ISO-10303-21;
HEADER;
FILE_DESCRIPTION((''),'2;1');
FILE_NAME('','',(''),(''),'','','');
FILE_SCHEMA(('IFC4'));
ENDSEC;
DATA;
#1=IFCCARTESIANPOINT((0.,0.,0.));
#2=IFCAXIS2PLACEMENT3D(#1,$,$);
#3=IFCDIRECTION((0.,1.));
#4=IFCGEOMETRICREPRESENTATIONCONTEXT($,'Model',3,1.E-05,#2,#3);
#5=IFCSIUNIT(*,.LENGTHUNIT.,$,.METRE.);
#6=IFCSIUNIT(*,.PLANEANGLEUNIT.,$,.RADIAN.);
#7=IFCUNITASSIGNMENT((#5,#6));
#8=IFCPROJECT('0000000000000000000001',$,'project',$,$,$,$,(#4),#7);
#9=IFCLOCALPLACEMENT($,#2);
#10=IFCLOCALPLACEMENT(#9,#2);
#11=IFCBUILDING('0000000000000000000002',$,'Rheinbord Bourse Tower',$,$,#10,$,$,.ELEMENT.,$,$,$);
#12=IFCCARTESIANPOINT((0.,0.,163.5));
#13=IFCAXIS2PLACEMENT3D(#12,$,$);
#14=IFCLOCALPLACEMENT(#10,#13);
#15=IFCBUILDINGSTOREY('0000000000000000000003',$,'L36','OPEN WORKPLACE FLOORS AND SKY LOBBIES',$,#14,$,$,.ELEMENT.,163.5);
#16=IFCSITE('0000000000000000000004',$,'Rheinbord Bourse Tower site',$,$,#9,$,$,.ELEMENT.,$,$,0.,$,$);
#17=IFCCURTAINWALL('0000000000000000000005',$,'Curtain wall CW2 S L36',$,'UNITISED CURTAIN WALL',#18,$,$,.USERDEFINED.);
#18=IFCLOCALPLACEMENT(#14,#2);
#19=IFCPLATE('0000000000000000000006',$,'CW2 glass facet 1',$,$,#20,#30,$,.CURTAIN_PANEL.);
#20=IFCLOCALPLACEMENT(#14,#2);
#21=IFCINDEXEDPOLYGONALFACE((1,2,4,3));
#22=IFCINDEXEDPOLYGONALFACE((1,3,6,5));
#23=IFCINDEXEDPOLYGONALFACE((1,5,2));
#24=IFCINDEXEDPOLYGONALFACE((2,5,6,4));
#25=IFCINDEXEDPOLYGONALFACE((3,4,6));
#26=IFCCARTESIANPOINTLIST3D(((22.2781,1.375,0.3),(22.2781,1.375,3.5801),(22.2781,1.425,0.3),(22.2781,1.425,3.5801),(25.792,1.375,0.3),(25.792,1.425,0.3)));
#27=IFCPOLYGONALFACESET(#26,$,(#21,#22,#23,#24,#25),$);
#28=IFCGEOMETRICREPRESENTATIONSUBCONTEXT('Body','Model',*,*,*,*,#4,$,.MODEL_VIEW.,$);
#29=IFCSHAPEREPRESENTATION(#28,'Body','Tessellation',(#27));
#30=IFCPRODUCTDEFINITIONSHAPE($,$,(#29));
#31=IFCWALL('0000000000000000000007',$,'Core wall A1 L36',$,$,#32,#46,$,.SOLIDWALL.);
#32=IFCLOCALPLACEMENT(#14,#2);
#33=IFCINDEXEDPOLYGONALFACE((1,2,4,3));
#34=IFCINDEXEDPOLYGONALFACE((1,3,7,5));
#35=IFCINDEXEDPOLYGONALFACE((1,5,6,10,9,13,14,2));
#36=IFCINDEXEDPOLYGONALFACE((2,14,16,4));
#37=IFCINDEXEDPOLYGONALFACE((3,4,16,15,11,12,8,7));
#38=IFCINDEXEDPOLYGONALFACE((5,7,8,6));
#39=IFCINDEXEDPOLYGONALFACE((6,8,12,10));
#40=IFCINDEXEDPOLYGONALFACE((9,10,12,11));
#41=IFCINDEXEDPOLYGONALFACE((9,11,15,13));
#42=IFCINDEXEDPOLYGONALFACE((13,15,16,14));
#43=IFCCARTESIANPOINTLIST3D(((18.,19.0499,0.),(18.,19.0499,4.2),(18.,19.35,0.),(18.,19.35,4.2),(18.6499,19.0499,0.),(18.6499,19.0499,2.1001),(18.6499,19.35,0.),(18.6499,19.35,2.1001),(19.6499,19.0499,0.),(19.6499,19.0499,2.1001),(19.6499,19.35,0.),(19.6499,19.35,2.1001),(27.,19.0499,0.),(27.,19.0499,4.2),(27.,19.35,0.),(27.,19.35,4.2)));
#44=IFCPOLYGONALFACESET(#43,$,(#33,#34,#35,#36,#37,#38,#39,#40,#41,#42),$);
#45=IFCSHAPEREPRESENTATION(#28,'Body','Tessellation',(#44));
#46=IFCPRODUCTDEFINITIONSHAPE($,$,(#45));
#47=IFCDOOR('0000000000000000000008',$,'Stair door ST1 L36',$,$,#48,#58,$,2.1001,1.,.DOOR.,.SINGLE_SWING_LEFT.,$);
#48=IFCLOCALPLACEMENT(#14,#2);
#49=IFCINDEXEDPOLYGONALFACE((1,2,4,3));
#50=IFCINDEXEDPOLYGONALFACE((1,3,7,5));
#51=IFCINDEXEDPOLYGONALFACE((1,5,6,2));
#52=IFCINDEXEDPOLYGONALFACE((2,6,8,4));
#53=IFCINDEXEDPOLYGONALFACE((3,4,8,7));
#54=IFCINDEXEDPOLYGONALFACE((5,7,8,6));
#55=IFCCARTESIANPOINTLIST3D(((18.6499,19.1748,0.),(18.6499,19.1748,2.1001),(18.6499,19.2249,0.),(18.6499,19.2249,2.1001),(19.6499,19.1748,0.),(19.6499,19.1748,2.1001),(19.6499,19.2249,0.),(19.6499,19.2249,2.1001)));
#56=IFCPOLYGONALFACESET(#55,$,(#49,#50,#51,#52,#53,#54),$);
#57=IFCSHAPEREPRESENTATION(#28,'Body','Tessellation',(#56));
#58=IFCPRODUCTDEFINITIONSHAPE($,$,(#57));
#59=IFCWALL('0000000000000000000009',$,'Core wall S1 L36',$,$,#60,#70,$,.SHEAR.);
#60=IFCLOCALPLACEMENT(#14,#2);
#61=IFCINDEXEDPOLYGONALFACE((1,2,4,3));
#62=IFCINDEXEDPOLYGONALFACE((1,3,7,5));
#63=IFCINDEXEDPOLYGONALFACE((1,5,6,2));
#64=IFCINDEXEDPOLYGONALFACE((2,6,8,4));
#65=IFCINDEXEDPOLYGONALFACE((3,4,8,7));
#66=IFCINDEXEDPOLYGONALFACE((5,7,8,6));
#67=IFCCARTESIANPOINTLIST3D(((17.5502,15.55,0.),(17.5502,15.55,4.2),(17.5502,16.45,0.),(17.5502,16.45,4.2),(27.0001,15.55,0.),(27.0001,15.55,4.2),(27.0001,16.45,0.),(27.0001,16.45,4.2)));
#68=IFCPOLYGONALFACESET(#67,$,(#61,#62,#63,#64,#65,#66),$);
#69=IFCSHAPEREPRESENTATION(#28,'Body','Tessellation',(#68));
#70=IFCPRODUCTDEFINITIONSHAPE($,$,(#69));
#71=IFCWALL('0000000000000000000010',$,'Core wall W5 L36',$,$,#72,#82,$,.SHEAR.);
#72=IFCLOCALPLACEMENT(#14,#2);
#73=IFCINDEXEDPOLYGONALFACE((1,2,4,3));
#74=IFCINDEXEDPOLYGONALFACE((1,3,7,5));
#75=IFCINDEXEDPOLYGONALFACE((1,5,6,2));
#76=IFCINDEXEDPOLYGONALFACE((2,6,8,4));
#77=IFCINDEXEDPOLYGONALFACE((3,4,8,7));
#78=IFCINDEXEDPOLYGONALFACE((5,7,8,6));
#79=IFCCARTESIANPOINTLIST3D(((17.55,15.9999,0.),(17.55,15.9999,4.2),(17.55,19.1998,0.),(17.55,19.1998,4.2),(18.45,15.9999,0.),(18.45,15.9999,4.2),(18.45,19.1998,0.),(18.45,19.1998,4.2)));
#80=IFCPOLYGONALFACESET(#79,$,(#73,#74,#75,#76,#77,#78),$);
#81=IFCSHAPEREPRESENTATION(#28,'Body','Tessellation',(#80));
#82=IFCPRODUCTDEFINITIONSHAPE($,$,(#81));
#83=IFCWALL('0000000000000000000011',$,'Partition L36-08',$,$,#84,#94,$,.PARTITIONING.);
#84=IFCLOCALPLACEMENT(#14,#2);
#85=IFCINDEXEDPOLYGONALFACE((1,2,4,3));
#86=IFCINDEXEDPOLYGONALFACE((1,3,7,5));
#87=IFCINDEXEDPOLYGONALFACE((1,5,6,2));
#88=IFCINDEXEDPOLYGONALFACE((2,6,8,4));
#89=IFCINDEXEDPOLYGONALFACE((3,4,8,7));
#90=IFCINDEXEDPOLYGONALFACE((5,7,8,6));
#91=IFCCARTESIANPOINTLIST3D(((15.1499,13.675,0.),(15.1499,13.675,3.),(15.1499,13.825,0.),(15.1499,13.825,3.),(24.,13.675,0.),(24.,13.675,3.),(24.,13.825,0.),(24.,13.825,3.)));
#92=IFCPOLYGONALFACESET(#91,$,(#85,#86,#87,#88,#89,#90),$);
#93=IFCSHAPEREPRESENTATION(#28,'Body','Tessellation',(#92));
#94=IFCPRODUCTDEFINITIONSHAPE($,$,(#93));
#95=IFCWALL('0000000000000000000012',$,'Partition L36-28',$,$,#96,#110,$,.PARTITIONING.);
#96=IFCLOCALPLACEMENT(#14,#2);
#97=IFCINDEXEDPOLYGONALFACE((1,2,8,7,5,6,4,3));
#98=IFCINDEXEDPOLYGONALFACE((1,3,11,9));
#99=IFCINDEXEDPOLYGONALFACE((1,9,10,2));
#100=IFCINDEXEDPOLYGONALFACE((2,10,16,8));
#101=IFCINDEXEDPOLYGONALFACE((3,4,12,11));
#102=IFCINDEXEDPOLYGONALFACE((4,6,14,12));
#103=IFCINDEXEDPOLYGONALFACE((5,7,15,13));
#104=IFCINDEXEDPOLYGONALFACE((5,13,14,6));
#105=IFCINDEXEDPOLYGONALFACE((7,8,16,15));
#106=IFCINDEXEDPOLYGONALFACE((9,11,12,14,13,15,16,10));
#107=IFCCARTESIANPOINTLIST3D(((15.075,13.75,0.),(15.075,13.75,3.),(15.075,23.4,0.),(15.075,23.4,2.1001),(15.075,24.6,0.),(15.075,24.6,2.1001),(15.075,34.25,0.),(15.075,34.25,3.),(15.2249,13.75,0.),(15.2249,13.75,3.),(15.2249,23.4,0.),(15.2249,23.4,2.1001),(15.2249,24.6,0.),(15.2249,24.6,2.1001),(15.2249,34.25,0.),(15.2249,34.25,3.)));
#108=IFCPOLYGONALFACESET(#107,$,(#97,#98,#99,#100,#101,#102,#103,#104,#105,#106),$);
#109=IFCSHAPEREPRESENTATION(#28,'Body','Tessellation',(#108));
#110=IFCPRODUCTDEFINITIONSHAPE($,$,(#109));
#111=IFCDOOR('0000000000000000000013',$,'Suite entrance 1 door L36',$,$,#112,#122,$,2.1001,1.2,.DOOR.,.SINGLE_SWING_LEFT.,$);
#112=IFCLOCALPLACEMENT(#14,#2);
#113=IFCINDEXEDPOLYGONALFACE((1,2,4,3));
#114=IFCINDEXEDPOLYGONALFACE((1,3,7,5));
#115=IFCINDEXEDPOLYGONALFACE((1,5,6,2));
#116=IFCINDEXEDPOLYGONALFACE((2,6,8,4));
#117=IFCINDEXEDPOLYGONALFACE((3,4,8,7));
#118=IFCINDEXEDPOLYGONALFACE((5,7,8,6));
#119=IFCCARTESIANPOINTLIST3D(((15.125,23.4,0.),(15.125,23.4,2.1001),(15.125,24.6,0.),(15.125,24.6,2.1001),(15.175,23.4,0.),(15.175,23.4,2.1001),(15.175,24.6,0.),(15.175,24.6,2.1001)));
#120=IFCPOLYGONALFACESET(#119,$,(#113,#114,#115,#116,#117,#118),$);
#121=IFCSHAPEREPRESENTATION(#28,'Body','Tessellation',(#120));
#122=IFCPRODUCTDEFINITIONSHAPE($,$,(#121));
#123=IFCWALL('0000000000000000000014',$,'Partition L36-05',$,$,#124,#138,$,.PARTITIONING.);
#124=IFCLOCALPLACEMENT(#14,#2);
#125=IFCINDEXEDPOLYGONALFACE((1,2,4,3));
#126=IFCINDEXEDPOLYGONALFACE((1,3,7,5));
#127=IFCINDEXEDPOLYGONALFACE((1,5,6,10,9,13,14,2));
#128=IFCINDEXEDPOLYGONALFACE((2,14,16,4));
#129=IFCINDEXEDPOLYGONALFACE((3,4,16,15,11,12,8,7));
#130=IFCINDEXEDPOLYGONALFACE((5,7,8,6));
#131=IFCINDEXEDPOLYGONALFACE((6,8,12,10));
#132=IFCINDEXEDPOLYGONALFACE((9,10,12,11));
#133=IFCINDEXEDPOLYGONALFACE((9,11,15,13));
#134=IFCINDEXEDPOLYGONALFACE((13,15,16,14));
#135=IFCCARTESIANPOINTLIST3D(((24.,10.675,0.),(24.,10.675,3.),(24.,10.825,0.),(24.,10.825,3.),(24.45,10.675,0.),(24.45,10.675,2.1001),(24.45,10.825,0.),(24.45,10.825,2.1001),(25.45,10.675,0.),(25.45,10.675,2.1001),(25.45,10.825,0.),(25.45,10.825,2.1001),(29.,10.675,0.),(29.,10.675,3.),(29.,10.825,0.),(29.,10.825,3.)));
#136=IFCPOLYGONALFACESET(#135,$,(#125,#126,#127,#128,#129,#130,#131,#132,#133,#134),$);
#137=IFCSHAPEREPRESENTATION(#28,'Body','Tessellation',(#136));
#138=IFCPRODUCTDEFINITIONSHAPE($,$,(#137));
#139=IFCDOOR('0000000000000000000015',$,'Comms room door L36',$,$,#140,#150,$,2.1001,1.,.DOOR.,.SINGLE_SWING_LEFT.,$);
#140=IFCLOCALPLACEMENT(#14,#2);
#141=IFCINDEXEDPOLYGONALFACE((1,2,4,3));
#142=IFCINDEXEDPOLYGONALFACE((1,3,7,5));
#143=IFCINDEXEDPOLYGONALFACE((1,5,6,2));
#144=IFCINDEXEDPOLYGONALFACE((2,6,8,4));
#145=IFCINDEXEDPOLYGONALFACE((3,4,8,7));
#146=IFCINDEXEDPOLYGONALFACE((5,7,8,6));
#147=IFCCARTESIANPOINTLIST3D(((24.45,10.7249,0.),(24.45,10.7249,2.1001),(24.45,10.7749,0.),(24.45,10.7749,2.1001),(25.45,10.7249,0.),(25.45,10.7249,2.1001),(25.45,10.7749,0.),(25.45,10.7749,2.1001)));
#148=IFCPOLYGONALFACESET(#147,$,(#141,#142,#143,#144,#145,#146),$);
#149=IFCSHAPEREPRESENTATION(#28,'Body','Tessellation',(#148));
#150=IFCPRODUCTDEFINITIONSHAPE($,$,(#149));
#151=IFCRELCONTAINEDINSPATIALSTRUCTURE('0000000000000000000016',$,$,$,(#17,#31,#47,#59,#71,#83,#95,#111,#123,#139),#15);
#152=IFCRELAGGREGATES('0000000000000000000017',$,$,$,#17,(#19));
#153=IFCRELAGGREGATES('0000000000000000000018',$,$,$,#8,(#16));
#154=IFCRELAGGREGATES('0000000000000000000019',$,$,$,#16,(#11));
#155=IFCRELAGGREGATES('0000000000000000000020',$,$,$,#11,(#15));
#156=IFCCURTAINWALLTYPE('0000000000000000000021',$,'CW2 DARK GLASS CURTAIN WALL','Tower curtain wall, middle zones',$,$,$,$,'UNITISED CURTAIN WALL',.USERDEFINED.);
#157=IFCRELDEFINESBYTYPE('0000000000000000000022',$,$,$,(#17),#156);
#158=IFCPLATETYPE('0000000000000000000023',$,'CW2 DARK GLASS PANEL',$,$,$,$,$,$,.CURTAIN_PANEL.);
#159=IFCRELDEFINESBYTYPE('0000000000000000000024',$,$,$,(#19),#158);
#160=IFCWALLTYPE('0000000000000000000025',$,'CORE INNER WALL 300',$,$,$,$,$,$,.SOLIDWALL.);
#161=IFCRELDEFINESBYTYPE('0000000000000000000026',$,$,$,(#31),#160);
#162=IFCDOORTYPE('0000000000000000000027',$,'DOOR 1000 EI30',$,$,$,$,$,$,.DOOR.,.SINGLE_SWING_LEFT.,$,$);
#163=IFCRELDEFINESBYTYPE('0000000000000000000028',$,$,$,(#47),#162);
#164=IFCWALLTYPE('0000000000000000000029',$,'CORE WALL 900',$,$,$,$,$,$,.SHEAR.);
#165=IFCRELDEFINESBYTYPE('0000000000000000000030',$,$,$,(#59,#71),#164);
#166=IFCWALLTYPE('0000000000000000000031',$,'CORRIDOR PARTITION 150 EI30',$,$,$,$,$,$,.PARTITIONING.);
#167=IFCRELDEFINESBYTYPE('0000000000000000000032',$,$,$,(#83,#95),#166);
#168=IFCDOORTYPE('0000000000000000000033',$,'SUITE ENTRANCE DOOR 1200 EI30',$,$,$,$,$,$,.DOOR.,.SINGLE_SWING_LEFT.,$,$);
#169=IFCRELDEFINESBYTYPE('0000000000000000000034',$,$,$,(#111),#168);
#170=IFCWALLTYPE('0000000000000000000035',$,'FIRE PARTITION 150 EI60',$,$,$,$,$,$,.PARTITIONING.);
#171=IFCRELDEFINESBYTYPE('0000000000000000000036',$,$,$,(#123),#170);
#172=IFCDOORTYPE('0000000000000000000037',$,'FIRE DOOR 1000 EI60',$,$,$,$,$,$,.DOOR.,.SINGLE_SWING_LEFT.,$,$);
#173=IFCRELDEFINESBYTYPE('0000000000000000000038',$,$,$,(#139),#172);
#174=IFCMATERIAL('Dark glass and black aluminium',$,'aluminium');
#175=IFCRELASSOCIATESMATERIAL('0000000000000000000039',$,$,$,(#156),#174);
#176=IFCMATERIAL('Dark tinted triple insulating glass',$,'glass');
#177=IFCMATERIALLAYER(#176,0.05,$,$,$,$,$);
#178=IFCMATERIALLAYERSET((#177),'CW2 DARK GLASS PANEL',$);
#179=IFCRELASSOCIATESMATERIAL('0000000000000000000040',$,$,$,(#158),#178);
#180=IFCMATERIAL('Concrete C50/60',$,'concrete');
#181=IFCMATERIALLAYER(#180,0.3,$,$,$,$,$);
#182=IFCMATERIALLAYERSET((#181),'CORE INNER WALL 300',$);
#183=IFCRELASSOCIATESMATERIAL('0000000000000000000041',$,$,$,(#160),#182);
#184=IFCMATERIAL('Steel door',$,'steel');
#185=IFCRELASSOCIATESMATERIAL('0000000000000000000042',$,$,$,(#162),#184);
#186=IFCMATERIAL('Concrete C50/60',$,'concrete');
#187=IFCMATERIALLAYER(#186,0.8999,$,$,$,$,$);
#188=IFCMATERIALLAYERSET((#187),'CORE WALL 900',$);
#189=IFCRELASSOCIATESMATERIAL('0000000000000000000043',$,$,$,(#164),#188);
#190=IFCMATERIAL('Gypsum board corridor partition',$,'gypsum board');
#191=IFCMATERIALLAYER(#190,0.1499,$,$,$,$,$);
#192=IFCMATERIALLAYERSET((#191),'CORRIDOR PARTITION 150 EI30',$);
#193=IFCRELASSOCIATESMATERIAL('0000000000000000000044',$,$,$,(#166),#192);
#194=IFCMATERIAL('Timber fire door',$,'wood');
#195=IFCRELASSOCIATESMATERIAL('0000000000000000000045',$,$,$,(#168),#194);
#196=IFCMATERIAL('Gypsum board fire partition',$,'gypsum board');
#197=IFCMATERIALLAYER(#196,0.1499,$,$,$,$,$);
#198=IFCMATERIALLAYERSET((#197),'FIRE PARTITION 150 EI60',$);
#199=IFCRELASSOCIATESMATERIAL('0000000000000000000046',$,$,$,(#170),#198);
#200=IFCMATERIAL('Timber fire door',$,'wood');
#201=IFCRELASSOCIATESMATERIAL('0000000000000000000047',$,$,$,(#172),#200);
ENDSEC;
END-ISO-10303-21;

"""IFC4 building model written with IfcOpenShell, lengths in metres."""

from ifc_helpers import new_model, si_unit, direction, frame, frame_2d, origin, place, context, subcontext, project, spatial, polyline, rectangle, outline, extrude, material, layer, layer_set, type_object, element, fill, aggregate, save


model = new_model("IFC4")

# Units and contexts
model_context = context("Model", 3, precision=1e-05, world=origin(), true_north=direction((0.0, 1.0)))
body_context = subcontext(model_context, "Body", "Model", "MODEL_VIEW")
ifc_project = project(units=[si_unit("LENGTHUNIT", "METRE"), si_unit("PLANEANGLEUNIT", "RADIAN")], contexts=[model_context])

# Site, building, storey
site_placement = place(None, origin())
site = spatial("IfcSite", under=ifc_project, at=site_placement, Name="Rheinbord Bourse Tower site", CompositionType="ELEMENT", RefElevation=0.0)
building_placement = place(site_placement, origin())
building = spatial("IfcBuilding", under=site, at=building_placement, Name="Rheinbord Bourse Tower", CompositionType="ELEMENT")
storey_placement = place(building_placement, frame((0.0, 0.0, 163.5)))
storey = spatial("IfcBuildingStorey", under=building, at=storey_placement, Name="L36", Description="OPEN WORKPLACE FLOORS AND SKY LOBBIES", CompositionType="ELEMENT", Elevation=163.5)

# Curtain wall
ifc_material_1 = material(Name="Dark glass and black aluminium", Category="aluminium")
curtain_wall_type = type_object("IfcCurtainWallType", Name="CW2 DARK GLASS CURTAIN WALL", Description="Tower curtain wall, middle zones", ElementType="UNITISED CURTAIN WALL", PredefinedType="USERDEFINED", material=ifc_material_1)
curtain_wall_placement = place(storey_placement, origin())
curtain_wall = element("IfcCurtainWall", 1, at=curtain_wall_placement, inside=storey, type_object=curtain_wall_type, Name="Curtain wall CW2 S L36", ObjectType="UNITISED CURTAIN WALL", PredefinedType="USERDEFINED")

# Plate
ifc_material_2 = material(Name="Dark tinted triple insulating glass", Category="glass")
ifc_layer_1 = layer(ifc_material_2, 0.05)
ifc_layer_set_1 = layer_set([ifc_layer_1], Name="CW2 DARK GLASS PANEL")
plate_type = type_object("IfcPlateType", Name="CW2 DARK GLASS PANEL", PredefinedType="CURTAIN_PANEL", material=ifc_layer_set_1)
plate_1_placement = place(storey_placement, frame((22.2781, 1.375, 0.3), z_axis=(0.0, 1.0, 0.0), x_axis=(0.0, 0.0, 1.0)))
plate_1 = element("IfcPlate", 2, at=plate_1_placement, type_object=plate_type, Name="CW2 glass facet 1", PredefinedType="CURTAIN_PANEL", context=body_context, shape_type="SweptSolid", body=[
    extrude(outline(polyline([(0.0, 0.0), (3.28, 0.0), (0.0, 3.5139), (0.0, 0.0)])), origin(), (0.0, 0.0, 1.0), 0.05),
])
aggregate(curtain_wall, [plate_1])

# Wall, opening, door
ifc_material_3 = material(Name="Concrete C50/60", Category="concrete")
ifc_layer_2 = layer(ifc_material_3, 0.3)
ifc_layer_set_2 = layer_set([ifc_layer_2], Name="CORE INNER WALL 300")
wall_type_1 = type_object("IfcWallType", Name="CORE INNER WALL 300", PredefinedType="SOLIDWALL", material=ifc_layer_set_2)
wall_1_placement = place(storey_placement, frame((18.0, 19.2, 0.0), z_axis=(0.0, 0.0, 1.0), x_axis=(1.0, 0.0, 0.0)))
wall_1 = element("IfcWall", 3, at=wall_1_placement, inside=storey, type_object=wall_type_1, Name="Core wall A1 L36", PredefinedType="SOLIDWALL", context=body_context, shape_type="SweptSolid", body=[
    extrude(rectangle(XDim=9.0, YDim=0.3, at=frame_2d((4.5, 0.0))), origin(), (0.0, 0.0, 1.0), 4.2),
])
opening_1_placement = place(wall_1_placement, frame((0.6499, 0.0, 0.0)))
opening_1 = element("IfcOpeningElement", 4, at=opening_1_placement, cuts=wall_1, PredefinedType="OPENING", context=body_context, shape_type="SweptSolid", body=[
    extrude(rectangle(XDim=1.0, YDim=2.1001, at=frame_2d((0.5, 1.05))), frame((0.0, 0.1599, 0.0), z_axis=(0.0, -1.0, 0.0), x_axis=(1.0, 0.0, 0.0)), (0.0, 0.0, 1.0), 0.3201),
])
ifc_material_4 = material(Name="Steel door", Category="steel")
door_type_1 = type_object("IfcDoorType", Name="DOOR 1000 EI30", OperationType="SINGLE_SWING_LEFT", PredefinedType="DOOR", material=ifc_material_4)
door_1_placement = place(opening_1_placement, origin())
door_1 = element("IfcDoor", 5, at=door_1_placement, inside=storey, type_object=door_type_1, Name="Stair door ST1 L36", OperationType="SINGLE_SWING_LEFT", OverallHeight=2.1001, OverallWidth=1.0, PredefinedType="DOOR", context=body_context, shape_type="SweptSolid", body=[
    extrude(rectangle(XDim=1.0, YDim=2.1001, at=frame_2d((0.5, 1.05))), frame((0.0, 0.0249, 0.0), z_axis=(0.0, -1.0, 0.0), x_axis=(1.0, 0.0, 0.0)), (0.0, 0.0, 1.0), 0.05),
])
fill(opening_1, door_1)

# Walls
ifc_material_5 = material(Name="Concrete C50/60", Category="concrete")
ifc_layer_3 = layer(ifc_material_5, 0.8999)
ifc_layer_set_3 = layer_set([ifc_layer_3], Name="CORE WALL 900")
wall_type_2 = type_object("IfcWallType", Name="CORE WALL 900", PredefinedType="SHEAR", material=ifc_layer_set_3)
wall_2_placement = place(storey_placement, frame((17.55, 16.0, 0.0), z_axis=(0.0, 0.0, 1.0), x_axis=(1.0, 0.0, 0.0)))
element("IfcWall", 6, at=wall_2_placement, inside=storey, type_object=wall_type_2, Name="Core wall S1 L36", PredefinedType="SHEAR", context=body_context, shape_type="SweptSolid", body=[
    extrude(rectangle(XDim=9.45, YDim=0.8999, at=frame_2d((4.7251, 0.0))), origin(), (0.0, 0.0, 1.0), 4.2),
])
wall_3_placement = place(storey_placement, frame((18.0, 19.2, 0.0), z_axis=(0.0, 0.0, 1.0), x_axis=(0.0, -1.0, 0.0)))
element("IfcWall", 7, at=wall_3_placement, inside=storey, type_object=wall_type_2, Name="Core wall W5 L36", PredefinedType="SHEAR", context=body_context, shape_type="SweptSolid", body=[
    extrude(rectangle(XDim=3.2, YDim=0.8999, at=frame_2d((1.6001, 0.0))), origin(), (0.0, 0.0, 1.0), 4.2),
])
ifc_material_6 = material(Name="Gypsum board corridor partition", Category="gypsum board")
ifc_layer_4 = layer(ifc_material_6, 0.1499)
ifc_layer_set_4 = layer_set([ifc_layer_4], Name="CORRIDOR PARTITION 150 EI30")
wall_type_3 = type_object("IfcWallType", Name="CORRIDOR PARTITION 150 EI30", PredefinedType="PARTITIONING", material=ifc_layer_set_4)
wall_4_placement = place(storey_placement, frame((15.1499, 13.75, 0.0), z_axis=(0.0, 0.0, 1.0), x_axis=(1.0, 0.0, 0.0)))
element("IfcWall", 8, at=wall_4_placement, inside=storey, type_object=wall_type_3, Name="Partition L36-08", PredefinedType="PARTITIONING", context=body_context, shape_type="SweptSolid", body=[
    extrude(rectangle(XDim=8.8501, YDim=0.1499, at=frame_2d((4.425, 0.0))), origin(), (0.0, 0.0, 1.0), 3.0),
])

# Walls, openings, doors
wall_5_placement = place(storey_placement, frame((15.1499, 13.75, 0.0), z_axis=(0.0, 0.0, 1.0), x_axis=(0.0, 1.0, 0.0)))
wall_5 = element("IfcWall", 9, at=wall_5_placement, inside=storey, type_object=wall_type_3, Name="Partition L36-28", PredefinedType="PARTITIONING", context=body_context, shape_type="SweptSolid", body=[
    extrude(rectangle(XDim=20.5, YDim=0.1499, at=frame_2d((10.25, 0.0))), origin(), (0.0, 0.0, 1.0), 3.0),
])
opening_2_placement = place(wall_5_placement, frame((9.6499, 0.0, 0.0)))
opening_2 = element("IfcOpeningElement", 10, at=opening_2_placement, cuts=wall_5, PredefinedType="OPENING", context=body_context, shape_type="SweptSolid", body=[
    extrude(rectangle(XDim=1.2, YDim=2.1001, at=frame_2d((0.6001, 1.05))), frame((0.0, 0.085, 0.0), z_axis=(0.0, -1.0, 0.0), x_axis=(1.0, 0.0, 0.0)), (0.0, 0.0, 1.0), 0.1699),
])
ifc_material_7 = material(Name="Timber fire door", Category="wood")
door_type_2 = type_object("IfcDoorType", Name="SUITE ENTRANCE DOOR 1200 EI30", OperationType="SINGLE_SWING_LEFT", PredefinedType="DOOR", material=ifc_material_7)
door_2_placement = place(opening_2_placement, origin())
door_2 = element("IfcDoor", 11, at=door_2_placement, inside=storey, type_object=door_type_2, Name="Suite entrance 1 door L36", OperationType="SINGLE_SWING_LEFT", OverallHeight=2.1001, OverallWidth=1.2, PredefinedType="DOOR", context=body_context, shape_type="SweptSolid", body=[
    extrude(rectangle(XDim=1.2, YDim=2.1001, at=frame_2d((0.6001, 1.05))), frame((0.0, 0.0249, 0.0), z_axis=(0.0, -1.0, 0.0), x_axis=(1.0, 0.0, 0.0)), (0.0, 0.0, 1.0), 0.05),
])
fill(opening_2, door_2)
ifc_material_8 = material(Name="Gypsum board fire partition", Category="gypsum board")
ifc_layer_5 = layer(ifc_material_8, 0.1499)
ifc_layer_set_5 = layer_set([ifc_layer_5], Name="FIRE PARTITION 150 EI60")
wall_type_4 = type_object("IfcWallType", Name="FIRE PARTITION 150 EI60", PredefinedType="PARTITIONING", material=ifc_layer_set_5)
wall_6_placement = place(storey_placement, frame((24.0, 10.75, 0.0), z_axis=(0.0, 0.0, 1.0), x_axis=(1.0, 0.0, 0.0)))
wall_6 = element("IfcWall", 12, at=wall_6_placement, inside=storey, type_object=wall_type_4, Name="Partition L36-05", PredefinedType="PARTITIONING", context=body_context, shape_type="SweptSolid", body=[
    extrude(rectangle(XDim=5.0, YDim=0.1499, at=frame_2d((2.5, 0.0))), origin(), (0.0, 0.0, 1.0), 3.0),
])
opening_3_placement = place(wall_6_placement, frame((0.45, 0.0, 0.0)))
opening_3 = element("IfcOpeningElement", 13, at=opening_3_placement, cuts=wall_6, PredefinedType="OPENING", context=body_context, shape_type="SweptSolid", body=[
    extrude(rectangle(XDim=1.0, YDim=2.1001, at=frame_2d((0.5, 1.05))), frame((0.0, 0.085, 0.0), z_axis=(0.0, -1.0, 0.0), x_axis=(1.0, 0.0, 0.0)), (0.0, 0.0, 1.0), 0.1699),
])
ifc_material_9 = material(Name="Timber fire door", Category="wood")
door_type_3 = type_object("IfcDoorType", Name="FIRE DOOR 1000 EI60", OperationType="SINGLE_SWING_LEFT", PredefinedType="DOOR", material=ifc_material_9)
door_3_placement = place(opening_3_placement, origin())
door_3 = element("IfcDoor", 14, at=door_3_placement, inside=storey, type_object=door_type_3, Name="Comms room door L36", OperationType="SINGLE_SWING_LEFT", OverallHeight=2.1001, OverallWidth=1.0, PredefinedType="DOOR", context=body_context, shape_type="SweptSolid", body=[
    extrude(rectangle(XDim=1.0, YDim=2.1001, at=frame_2d((0.5, 1.05))), frame((0.0, 0.0249, 0.0), z_axis=(0.0, -1.0, 0.0), x_axis=(1.0, 0.0, 0.0)), (0.0, 0.0, 1.0), 0.05),
])
fill(opening_3, door_3)

save(model, "model.ifc")
